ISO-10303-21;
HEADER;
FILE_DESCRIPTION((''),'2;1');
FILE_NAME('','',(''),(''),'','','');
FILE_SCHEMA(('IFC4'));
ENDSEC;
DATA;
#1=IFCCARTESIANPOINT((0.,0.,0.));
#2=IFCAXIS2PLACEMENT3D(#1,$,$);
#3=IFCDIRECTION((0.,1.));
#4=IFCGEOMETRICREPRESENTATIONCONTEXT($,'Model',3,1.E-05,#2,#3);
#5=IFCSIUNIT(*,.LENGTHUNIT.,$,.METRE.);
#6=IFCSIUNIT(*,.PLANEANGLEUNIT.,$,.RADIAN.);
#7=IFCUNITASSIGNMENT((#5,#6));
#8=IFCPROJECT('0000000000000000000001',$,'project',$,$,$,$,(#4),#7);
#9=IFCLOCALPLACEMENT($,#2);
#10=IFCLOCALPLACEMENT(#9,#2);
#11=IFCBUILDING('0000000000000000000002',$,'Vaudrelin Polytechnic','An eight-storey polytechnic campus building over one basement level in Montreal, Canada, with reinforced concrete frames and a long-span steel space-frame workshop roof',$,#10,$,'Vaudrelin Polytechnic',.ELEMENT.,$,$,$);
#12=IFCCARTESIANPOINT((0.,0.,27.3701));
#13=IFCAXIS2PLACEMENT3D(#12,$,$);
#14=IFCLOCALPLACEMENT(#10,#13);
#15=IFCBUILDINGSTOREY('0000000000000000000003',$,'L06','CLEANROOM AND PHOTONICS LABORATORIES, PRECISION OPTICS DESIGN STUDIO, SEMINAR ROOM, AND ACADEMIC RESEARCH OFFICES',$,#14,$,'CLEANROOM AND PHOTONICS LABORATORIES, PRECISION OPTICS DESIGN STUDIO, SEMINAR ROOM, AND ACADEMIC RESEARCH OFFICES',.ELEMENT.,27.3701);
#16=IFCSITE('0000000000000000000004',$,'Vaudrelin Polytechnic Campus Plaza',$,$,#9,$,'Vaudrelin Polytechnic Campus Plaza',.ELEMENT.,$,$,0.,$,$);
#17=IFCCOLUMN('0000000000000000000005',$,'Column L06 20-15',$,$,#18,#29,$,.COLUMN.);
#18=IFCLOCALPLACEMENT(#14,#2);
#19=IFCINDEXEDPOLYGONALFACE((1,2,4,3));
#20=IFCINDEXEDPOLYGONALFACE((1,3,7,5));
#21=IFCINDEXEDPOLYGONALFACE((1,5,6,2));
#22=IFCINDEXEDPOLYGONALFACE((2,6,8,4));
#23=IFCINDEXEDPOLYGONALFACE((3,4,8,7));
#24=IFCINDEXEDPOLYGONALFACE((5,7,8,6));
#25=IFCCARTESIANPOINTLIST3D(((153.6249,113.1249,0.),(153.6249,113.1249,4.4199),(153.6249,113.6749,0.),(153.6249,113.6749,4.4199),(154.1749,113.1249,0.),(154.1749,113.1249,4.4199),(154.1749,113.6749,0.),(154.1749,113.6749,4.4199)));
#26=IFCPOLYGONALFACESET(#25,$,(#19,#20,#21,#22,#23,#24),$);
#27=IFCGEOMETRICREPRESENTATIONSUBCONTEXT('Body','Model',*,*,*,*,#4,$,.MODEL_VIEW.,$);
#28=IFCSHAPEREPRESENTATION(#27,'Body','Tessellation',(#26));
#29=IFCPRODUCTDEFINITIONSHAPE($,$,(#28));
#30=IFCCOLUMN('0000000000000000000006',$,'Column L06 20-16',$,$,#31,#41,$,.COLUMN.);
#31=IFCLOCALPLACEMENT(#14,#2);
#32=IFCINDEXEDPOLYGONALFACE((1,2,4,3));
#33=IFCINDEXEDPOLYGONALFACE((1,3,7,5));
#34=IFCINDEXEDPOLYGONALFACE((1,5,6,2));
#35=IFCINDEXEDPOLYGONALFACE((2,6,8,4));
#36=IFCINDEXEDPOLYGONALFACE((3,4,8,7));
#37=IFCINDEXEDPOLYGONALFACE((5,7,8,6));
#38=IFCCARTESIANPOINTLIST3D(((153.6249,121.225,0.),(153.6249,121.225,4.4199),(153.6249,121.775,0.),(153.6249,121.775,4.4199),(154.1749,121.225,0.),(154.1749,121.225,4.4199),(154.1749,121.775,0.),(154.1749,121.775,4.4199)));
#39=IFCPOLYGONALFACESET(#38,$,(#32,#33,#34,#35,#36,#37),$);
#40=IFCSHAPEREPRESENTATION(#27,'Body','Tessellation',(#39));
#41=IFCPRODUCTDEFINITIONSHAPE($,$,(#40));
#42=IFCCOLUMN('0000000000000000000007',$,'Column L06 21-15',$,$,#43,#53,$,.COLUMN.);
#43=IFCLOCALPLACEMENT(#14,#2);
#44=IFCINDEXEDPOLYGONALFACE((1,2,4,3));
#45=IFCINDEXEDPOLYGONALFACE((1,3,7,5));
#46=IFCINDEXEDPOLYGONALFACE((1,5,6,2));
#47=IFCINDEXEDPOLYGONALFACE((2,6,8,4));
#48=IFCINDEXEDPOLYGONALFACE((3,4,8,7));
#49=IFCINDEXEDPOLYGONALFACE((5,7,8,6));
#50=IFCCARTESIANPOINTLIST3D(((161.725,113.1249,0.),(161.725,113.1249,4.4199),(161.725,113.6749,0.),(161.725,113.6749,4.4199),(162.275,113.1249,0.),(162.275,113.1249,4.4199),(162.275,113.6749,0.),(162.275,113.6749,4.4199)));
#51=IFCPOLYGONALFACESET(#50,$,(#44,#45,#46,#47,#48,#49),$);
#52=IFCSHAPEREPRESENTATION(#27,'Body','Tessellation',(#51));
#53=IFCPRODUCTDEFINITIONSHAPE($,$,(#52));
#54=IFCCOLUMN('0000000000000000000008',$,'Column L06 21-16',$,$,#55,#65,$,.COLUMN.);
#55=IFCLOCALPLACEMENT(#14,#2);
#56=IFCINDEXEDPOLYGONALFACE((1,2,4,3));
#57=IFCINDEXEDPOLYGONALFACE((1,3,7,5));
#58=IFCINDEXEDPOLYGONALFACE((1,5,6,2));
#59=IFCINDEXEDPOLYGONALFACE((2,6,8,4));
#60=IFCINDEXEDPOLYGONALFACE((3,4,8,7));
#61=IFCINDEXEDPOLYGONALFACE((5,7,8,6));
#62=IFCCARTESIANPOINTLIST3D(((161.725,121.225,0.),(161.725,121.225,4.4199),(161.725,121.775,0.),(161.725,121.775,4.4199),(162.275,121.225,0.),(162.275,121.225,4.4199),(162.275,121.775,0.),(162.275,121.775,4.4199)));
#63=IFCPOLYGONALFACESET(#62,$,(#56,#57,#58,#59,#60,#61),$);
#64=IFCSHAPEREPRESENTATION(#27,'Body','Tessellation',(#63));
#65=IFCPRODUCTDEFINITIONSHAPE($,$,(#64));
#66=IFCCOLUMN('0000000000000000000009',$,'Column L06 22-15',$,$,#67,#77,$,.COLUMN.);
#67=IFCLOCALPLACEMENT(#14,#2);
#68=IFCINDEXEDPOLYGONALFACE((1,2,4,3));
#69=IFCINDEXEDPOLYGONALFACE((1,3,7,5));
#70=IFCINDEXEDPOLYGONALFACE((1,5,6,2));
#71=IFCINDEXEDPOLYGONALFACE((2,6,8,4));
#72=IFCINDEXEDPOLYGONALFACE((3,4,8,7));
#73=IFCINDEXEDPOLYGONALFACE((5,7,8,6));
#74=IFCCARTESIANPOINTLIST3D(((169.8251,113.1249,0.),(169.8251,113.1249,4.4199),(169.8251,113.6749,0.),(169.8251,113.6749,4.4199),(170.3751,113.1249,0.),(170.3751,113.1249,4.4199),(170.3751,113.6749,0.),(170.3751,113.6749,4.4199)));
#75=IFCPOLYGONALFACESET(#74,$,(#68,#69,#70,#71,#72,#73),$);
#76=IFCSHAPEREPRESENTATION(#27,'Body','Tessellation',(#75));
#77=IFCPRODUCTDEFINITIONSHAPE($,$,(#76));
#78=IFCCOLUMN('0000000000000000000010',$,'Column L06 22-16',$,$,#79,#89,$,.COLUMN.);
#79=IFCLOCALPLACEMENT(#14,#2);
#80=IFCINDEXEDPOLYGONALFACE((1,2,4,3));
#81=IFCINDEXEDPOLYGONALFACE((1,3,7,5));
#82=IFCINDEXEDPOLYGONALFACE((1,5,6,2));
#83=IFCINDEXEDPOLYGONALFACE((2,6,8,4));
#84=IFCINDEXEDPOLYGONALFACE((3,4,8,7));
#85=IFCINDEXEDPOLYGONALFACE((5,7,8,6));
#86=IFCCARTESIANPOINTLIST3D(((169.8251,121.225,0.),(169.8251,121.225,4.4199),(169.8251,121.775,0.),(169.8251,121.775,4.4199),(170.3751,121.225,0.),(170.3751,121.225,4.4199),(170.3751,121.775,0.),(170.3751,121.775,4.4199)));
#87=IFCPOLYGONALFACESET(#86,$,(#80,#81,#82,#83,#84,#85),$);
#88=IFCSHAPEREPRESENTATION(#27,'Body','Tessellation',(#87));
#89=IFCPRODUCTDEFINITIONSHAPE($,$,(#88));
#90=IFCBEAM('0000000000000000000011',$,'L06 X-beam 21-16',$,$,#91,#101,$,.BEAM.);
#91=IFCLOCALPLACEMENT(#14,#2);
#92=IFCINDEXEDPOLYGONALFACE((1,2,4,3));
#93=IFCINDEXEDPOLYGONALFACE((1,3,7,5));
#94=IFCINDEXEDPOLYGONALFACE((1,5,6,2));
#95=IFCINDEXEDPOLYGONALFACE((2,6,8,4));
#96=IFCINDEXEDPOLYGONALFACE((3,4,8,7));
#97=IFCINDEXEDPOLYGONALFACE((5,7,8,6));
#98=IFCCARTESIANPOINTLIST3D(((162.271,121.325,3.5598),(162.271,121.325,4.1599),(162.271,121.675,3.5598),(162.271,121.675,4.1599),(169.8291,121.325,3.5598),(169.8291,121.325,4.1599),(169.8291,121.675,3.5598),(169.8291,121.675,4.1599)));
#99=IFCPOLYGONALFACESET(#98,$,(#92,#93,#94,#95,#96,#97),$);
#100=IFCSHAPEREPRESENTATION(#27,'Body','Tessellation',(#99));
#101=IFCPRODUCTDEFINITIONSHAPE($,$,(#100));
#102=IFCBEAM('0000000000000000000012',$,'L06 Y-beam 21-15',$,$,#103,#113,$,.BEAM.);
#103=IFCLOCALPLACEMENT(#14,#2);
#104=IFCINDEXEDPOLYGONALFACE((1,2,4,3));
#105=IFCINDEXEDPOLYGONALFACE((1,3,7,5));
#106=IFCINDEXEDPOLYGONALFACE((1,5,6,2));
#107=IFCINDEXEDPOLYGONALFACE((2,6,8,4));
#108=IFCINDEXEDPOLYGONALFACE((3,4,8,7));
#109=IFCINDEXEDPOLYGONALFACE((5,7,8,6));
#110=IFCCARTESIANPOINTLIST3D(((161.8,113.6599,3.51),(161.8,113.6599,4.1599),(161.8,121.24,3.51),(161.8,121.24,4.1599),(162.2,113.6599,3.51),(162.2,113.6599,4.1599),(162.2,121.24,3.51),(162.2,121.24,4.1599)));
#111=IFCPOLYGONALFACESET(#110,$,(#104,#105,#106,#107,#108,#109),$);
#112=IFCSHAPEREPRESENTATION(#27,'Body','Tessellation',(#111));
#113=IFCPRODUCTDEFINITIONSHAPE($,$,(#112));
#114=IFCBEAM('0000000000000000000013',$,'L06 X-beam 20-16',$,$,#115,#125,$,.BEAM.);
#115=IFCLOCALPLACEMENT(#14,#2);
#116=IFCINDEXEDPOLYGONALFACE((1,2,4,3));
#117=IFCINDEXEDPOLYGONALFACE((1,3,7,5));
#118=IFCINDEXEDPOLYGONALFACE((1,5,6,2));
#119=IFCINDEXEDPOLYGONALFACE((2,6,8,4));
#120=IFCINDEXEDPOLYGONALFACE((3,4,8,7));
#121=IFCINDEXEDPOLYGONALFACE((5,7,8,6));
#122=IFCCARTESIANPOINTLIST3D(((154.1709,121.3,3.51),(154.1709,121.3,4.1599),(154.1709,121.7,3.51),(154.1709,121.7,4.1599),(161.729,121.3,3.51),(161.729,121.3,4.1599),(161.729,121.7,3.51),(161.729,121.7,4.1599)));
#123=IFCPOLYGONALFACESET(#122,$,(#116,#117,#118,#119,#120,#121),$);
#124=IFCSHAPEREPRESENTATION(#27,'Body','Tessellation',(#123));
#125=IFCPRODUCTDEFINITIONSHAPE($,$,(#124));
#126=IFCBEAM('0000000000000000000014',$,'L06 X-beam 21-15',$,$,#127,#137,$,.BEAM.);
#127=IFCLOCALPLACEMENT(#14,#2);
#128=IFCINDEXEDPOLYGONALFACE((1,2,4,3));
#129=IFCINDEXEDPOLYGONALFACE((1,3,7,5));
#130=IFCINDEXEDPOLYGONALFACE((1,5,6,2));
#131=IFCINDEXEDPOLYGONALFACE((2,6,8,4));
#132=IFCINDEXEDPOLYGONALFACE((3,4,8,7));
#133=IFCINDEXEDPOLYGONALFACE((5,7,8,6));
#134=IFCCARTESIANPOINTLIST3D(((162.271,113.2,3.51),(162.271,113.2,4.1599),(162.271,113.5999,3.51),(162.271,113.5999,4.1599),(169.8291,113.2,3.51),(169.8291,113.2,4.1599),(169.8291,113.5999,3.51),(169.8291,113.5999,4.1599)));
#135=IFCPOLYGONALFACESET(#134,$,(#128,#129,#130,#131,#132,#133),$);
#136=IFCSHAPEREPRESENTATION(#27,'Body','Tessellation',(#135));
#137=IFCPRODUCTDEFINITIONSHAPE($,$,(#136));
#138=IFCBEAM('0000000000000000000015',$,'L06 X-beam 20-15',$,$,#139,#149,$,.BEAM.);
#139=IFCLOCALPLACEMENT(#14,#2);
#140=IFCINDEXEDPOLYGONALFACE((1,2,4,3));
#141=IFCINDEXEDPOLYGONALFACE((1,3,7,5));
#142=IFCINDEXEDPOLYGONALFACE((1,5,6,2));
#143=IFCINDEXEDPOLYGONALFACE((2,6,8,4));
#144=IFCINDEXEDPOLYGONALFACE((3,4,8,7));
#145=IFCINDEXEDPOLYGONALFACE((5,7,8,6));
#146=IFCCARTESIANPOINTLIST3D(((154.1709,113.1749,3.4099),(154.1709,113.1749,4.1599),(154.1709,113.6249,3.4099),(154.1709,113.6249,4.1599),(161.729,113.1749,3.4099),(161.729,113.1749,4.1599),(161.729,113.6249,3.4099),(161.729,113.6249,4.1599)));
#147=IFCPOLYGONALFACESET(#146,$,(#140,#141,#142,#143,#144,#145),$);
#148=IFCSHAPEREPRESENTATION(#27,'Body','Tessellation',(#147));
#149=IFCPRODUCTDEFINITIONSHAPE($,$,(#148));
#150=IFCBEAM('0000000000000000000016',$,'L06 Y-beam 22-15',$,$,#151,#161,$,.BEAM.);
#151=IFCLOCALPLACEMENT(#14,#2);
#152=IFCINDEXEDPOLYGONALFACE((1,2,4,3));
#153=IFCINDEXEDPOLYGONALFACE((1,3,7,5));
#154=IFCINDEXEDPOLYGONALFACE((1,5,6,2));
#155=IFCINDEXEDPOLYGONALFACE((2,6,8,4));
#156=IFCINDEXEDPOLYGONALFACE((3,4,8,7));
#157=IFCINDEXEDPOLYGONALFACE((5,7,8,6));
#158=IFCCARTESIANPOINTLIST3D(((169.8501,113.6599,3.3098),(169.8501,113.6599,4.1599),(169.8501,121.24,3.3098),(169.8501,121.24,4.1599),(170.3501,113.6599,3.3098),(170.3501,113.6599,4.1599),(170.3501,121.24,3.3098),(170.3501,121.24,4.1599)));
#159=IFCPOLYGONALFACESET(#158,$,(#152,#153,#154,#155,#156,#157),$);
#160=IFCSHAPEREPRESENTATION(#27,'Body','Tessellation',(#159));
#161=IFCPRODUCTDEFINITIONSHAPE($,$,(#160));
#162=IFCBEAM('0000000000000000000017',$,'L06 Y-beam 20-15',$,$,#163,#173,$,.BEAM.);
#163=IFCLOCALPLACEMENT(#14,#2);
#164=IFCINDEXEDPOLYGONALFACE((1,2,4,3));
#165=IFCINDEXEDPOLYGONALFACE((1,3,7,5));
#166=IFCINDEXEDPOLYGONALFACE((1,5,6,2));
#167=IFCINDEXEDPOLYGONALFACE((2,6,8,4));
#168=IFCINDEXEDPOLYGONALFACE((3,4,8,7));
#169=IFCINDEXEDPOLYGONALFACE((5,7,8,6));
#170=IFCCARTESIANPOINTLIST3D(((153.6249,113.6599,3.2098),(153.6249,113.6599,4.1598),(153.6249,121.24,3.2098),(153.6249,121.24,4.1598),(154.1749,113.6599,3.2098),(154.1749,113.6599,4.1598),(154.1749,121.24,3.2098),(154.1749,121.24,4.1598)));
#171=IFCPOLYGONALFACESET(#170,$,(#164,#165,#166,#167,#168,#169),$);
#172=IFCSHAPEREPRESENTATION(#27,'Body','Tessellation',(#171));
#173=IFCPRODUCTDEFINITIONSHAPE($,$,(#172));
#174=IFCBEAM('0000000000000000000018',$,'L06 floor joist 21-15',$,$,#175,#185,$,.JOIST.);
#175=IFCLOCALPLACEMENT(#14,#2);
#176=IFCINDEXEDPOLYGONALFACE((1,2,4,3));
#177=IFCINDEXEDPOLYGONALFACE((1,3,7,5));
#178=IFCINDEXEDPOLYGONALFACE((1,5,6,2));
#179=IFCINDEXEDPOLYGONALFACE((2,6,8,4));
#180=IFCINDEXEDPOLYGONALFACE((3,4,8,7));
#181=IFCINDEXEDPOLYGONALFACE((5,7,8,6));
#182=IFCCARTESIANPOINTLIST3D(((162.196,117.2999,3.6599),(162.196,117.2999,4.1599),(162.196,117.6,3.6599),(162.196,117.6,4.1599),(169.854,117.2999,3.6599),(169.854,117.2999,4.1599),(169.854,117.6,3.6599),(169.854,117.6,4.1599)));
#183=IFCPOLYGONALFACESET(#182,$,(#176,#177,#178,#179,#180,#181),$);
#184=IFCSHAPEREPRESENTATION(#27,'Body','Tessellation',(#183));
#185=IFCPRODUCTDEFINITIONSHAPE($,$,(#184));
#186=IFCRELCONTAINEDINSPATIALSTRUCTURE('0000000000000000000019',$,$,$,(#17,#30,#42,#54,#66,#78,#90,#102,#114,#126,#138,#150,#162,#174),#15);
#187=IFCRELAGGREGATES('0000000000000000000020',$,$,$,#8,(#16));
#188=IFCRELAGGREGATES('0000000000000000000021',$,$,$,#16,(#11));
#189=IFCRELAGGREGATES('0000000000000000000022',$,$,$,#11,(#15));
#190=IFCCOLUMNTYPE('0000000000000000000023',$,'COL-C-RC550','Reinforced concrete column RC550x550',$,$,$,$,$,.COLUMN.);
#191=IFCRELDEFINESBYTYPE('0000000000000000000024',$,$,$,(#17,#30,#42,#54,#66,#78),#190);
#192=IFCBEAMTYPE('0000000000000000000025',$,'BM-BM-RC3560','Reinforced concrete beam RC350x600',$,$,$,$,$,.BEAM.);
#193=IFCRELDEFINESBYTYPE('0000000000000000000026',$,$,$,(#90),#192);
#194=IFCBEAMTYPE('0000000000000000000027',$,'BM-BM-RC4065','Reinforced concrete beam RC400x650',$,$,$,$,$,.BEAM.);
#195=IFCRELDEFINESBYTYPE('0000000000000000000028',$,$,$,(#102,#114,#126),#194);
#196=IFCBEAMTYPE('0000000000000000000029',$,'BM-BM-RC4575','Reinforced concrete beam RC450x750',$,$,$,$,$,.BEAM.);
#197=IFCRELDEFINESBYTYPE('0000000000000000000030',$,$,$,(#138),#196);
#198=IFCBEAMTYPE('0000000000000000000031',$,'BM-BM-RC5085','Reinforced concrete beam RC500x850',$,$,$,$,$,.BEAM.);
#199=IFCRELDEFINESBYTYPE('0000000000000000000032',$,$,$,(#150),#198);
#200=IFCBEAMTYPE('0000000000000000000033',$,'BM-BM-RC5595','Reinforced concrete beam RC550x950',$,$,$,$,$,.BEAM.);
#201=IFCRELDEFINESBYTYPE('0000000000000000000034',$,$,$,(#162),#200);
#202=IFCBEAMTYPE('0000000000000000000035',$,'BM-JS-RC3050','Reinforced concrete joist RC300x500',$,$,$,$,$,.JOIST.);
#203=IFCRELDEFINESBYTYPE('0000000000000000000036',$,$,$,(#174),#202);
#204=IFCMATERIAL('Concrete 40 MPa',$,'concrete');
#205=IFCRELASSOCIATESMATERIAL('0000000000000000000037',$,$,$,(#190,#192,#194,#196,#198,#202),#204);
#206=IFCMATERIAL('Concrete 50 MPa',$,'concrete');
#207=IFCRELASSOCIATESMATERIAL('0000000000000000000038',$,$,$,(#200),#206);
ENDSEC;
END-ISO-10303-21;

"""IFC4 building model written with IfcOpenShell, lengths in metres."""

from ifc_helpers import new_model, si_unit, direction, frame, origin, origin_2d, place, context, subcontext, project, spatial, rectangle, extrude, material, material_profile, profile_set, type_object, element, save


model = new_model("IFC4")

# Units and contexts
model_context = context("Model", 3, precision=1e-05, world=origin(), true_north=direction((0.0, 1.0)))
body_context = subcontext(model_context, "Body", "Model", "MODEL_VIEW")
ifc_project = project(units=[si_unit("LENGTHUNIT", "METRE"), si_unit("PLANEANGLEUNIT", "RADIAN")], contexts=[model_context])

# Site, building, storey
site_placement = place(None, origin())
site = spatial("IfcSite", under=ifc_project, at=site_placement, Name="Vaudrelin Polytechnic Campus Plaza", LongName="Vaudrelin Polytechnic Campus Plaza", CompositionType="ELEMENT", RefElevation=0.0)
building_placement = place(site_placement, origin())
building = spatial("IfcBuilding", under=site, at=building_placement, Name="Vaudrelin Polytechnic", Description="An eight-storey polytechnic campus building over one basement level in Montreal, Canada, with reinforced concrete frames and a long-span steel space-frame workshop roof", LongName="Vaudrelin Polytechnic", CompositionType="ELEMENT")
storey_placement = place(building_placement, frame((0.0, 0.0, 27.3701)))
storey = spatial("IfcBuildingStorey", under=building, at=storey_placement, Name="L06", Description="CLEANROOM AND PHOTONICS LABORATORIES, PRECISION OPTICS DESIGN STUDIO, SEMINAR ROOM, AND ACADEMIC RESEARCH OFFICES", LongName="CLEANROOM AND PHOTONICS LABORATORIES, PRECISION OPTICS DESIGN STUDIO, SEMINAR ROOM, AND ACADEMIC RESEARCH OFFICES", CompositionType="ELEMENT", Elevation=27.3701)

# Columns
ifc_material_1 = material(Name="Concrete 40 MPa", Category="concrete")
ifc_material_profile_1 = material_profile(ifc_material_1, rectangle(XDim=0.55, YDim=0.55, at=origin_2d()), Name="RC550x550")
ifc_profile_set_1 = profile_set([ifc_material_profile_1], Name="Concrete 40 MPa")
column_type = type_object("IfcColumnType", Name="COL-C-RC550", Description="Reinforced concrete column RC550x550", PredefinedType="COLUMN", material=ifc_profile_set_1)
for number, where, z_axis, x_axis, name in (
    (1, (153.8999, 113.3999, 0.0), (0.0, 0.0, 1.0), (1.0, 0.0, 0.0), "Column L06 20-15"),
    (2, (153.8999, 121.5, 0.0), (0.0, 0.0, 1.0), (1.0, 0.0, 0.0), "Column L06 20-16"),
    (3, (162.0, 113.3999, 0.0), (0.0, 0.0, 1.0), (1.0, 0.0, 0.0), "Column L06 21-15"),
    (4, (162.0, 121.5, 0.0), (0.0, 0.0, 1.0), (1.0, 0.0, 0.0), "Column L06 21-16"),
    (5, (170.1001, 113.3999, 0.0), (0.0, 0.0, 1.0), (1.0, 0.0, 0.0), "Column L06 22-15"),
    (6, (170.1001, 121.5, 0.0), (0.0, 0.0, 1.0), (1.0, 0.0, 0.0), "Column L06 22-16"),
):
    element("IfcColumn", number, at=place(storey_placement, frame(where, z_axis=z_axis, x_axis=x_axis)), inside=storey, type_object=column_type, Name=name, PredefinedType="COLUMN", context=body_context, shape_type="SweptSolid", body=[
        extrude(rectangle(XDim=0.55, YDim=0.55, at=origin_2d()), origin(), (0.0, 0.0, 1.0), 4.4199),
    ])

# Beams
ifc_material_profile_2 = material_profile(ifc_material_1, rectangle(XDim=0.3501, YDim=0.6001, at=origin_2d()), Name="RC350x600")
ifc_profile_set_2 = profile_set([ifc_material_profile_2], Name="Concrete 40 MPa")
beam_type_1 = type_object("IfcBeamType", Name="BM-BM-RC3560", Description="Reinforced concrete beam RC350x600", PredefinedType="BEAM", material=ifc_profile_set_2)
beam_1_placement = place(storey_placement, frame((162.271, 121.5, 3.8599), z_axis=(1.0, 0.0, 0.0), x_axis=(0.0, 1.0, 0.0)))
element("IfcBeam", 7, at=beam_1_placement, inside=storey, type_object=beam_type_1, Name="L06 X-beam 21-16", PredefinedType="BEAM", context=body_context, shape_type="SweptSolid", body=[
    extrude(rectangle(XDim=0.3501, YDim=0.6001, at=origin_2d()), origin(), (0.0, 0.0, 1.0), 7.5581),
])
ifc_material_profile_3 = material_profile(ifc_material_1, rectangle(XDim=0.3999, YDim=0.6499, at=origin_2d()), Name="RC400x650")
ifc_profile_set_3 = profile_set([ifc_material_profile_3], Name="Concrete 40 MPa")
beam_type_2 = type_object("IfcBeamType", Name="BM-BM-RC4065", Description="Reinforced concrete beam RC400x650", PredefinedType="BEAM", material=ifc_profile_set_3)
beam_2_placement = place(storey_placement, frame((162.0, 113.6599, 3.835), z_axis=(0.0, 1.0, 0.0), x_axis=(-1.0, 0.0, 0.0)))
element("IfcBeam", 8, at=beam_2_placement, inside=storey, type_object=beam_type_2, Name="L06 Y-beam 21-15", PredefinedType="BEAM", context=body_context, shape_type="SweptSolid", body=[
    extrude(rectangle(XDim=0.3999, YDim=0.6499, at=origin_2d()), origin(), (0.0, 0.0, 1.0), 7.5801),
])
for number, where, z_axis, x_axis, name in (
    (9, (154.1709, 121.5, 3.835), (1.0, 0.0, 0.0), (0.0, 1.0, 0.0), "L06 X-beam 20-16"),
    (10, (162.271, 113.3999, 3.835), (1.0, 0.0, 0.0), (0.0, 1.0, 0.0), "L06 X-beam 21-15"),
):
    element("IfcBeam", number, at=place(storey_placement, frame(where, z_axis=z_axis, x_axis=x_axis)), inside=storey, type_object=beam_type_2, Name=name, PredefinedType="BEAM", context=body_context, shape_type="SweptSolid", body=[
        extrude(rectangle(XDim=0.3999, YDim=0.6499, at=origin_2d()), origin(), (0.0, 0.0, 1.0), 7.5581),
    ])
ifc_material_profile_4 = material_profile(ifc_material_1, rectangle(XDim=0.45, YDim=0.75, at=origin_2d()), Name="RC450x750")
ifc_profile_set_4 = profile_set([ifc_material_profile_4], Name="Concrete 40 MPa")
beam_type_3 = type_object("IfcBeamType", Name="BM-BM-RC4575", Description="Reinforced concrete beam RC450x750", PredefinedType="BEAM", material=ifc_profile_set_4)
beam_3_placement = place(storey_placement, frame((154.1709, 113.3999, 3.7849), z_axis=(1.0, 0.0, 0.0), x_axis=(0.0, 1.0, 0.0)))
element("IfcBeam", 11, at=beam_3_placement, inside=storey, type_object=beam_type_3, Name="L06 X-beam 20-15", PredefinedType="BEAM", context=body_context, shape_type="SweptSolid", body=[
    extrude(rectangle(XDim=0.45, YDim=0.75, at=origin_2d()), origin(), (0.0, 0.0, 1.0), 7.5581),
])
ifc_material_profile_5 = material_profile(ifc_material_1, rectangle(XDim=0.5, YDim=0.8501, at=origin_2d()), Name="RC500x850")
ifc_profile_set_5 = profile_set([ifc_material_profile_5], Name="Concrete 40 MPa")
beam_type_4 = type_object("IfcBeamType", Name="BM-BM-RC5085", Description="Reinforced concrete beam RC500x850", PredefinedType="BEAM", material=ifc_profile_set_5)
beam_4_placement = place(storey_placement, frame((170.1001, 113.6599, 3.7349), z_axis=(0.0, 1.0, 0.0), x_axis=(-1.0, 0.0, 0.0)))
element("IfcBeam", 12, at=beam_4_placement, inside=storey, type_object=beam_type_4, Name="L06 Y-beam 22-15", PredefinedType="BEAM", context=body_context, shape_type="SweptSolid", body=[
    extrude(rectangle(XDim=0.5, YDim=0.8501, at=origin_2d()), origin(), (0.0, 0.0, 1.0), 7.5801),
])
ifc_material_2 = material(Name="Concrete 50 MPa", Category="concrete")
ifc_material_profile_6 = material_profile(ifc_material_2, rectangle(XDim=0.55, YDim=0.95, at=origin_2d()), Name="RC550x950")
ifc_profile_set_6 = profile_set([ifc_material_profile_6], Name="Concrete 50 MPa")
beam_type_5 = type_object("IfcBeamType", Name="BM-BM-RC5595", Description="Reinforced concrete beam RC550x950", PredefinedType="BEAM", material=ifc_profile_set_6)
beam_5_placement = place(storey_placement, frame((153.8999, 113.6599, 3.6848), z_axis=(0.0, 1.0, 0.0), x_axis=(-1.0, 0.0, 0.0)))
element("IfcBeam", 13, at=beam_5_placement, inside=storey, type_object=beam_type_5, Name="L06 Y-beam 20-15", PredefinedType="BEAM", context=body_context, shape_type="SweptSolid", body=[
    extrude(rectangle(XDim=0.55, YDim=0.95, at=origin_2d()), origin(), (0.0, 0.0, 1.0), 7.5801),
])
ifc_material_profile_7 = material_profile(ifc_material_1, rectangle(XDim=0.3, YDim=0.5, at=origin_2d()), Name="RC300x500")
ifc_profile_set_7 = profile_set([ifc_material_profile_7], Name="Concrete 40 MPa")
beam_type_6 = type_object("IfcBeamType", Name="BM-JS-RC3050", Description="Reinforced concrete joist RC300x500", PredefinedType="JOIST", material=ifc_profile_set_7)
beam_6_placement = place(storey_placement, frame((162.196, 117.45, 3.9099), z_axis=(1.0, 0.0, 0.0), x_axis=(0.0, 1.0, 0.0)))
element("IfcBeam", 14, at=beam_6_placement, inside=storey, type_object=beam_type_6, Name="L06 floor joist 21-15", PredefinedType="JOIST", context=body_context, shape_type="SweptSolid", body=[
    extrude(rectangle(XDim=0.3, YDim=0.5, at=origin_2d()), origin(), (0.0, 0.0, 1.0), 7.658),
])

save(model, "model.ifc")
